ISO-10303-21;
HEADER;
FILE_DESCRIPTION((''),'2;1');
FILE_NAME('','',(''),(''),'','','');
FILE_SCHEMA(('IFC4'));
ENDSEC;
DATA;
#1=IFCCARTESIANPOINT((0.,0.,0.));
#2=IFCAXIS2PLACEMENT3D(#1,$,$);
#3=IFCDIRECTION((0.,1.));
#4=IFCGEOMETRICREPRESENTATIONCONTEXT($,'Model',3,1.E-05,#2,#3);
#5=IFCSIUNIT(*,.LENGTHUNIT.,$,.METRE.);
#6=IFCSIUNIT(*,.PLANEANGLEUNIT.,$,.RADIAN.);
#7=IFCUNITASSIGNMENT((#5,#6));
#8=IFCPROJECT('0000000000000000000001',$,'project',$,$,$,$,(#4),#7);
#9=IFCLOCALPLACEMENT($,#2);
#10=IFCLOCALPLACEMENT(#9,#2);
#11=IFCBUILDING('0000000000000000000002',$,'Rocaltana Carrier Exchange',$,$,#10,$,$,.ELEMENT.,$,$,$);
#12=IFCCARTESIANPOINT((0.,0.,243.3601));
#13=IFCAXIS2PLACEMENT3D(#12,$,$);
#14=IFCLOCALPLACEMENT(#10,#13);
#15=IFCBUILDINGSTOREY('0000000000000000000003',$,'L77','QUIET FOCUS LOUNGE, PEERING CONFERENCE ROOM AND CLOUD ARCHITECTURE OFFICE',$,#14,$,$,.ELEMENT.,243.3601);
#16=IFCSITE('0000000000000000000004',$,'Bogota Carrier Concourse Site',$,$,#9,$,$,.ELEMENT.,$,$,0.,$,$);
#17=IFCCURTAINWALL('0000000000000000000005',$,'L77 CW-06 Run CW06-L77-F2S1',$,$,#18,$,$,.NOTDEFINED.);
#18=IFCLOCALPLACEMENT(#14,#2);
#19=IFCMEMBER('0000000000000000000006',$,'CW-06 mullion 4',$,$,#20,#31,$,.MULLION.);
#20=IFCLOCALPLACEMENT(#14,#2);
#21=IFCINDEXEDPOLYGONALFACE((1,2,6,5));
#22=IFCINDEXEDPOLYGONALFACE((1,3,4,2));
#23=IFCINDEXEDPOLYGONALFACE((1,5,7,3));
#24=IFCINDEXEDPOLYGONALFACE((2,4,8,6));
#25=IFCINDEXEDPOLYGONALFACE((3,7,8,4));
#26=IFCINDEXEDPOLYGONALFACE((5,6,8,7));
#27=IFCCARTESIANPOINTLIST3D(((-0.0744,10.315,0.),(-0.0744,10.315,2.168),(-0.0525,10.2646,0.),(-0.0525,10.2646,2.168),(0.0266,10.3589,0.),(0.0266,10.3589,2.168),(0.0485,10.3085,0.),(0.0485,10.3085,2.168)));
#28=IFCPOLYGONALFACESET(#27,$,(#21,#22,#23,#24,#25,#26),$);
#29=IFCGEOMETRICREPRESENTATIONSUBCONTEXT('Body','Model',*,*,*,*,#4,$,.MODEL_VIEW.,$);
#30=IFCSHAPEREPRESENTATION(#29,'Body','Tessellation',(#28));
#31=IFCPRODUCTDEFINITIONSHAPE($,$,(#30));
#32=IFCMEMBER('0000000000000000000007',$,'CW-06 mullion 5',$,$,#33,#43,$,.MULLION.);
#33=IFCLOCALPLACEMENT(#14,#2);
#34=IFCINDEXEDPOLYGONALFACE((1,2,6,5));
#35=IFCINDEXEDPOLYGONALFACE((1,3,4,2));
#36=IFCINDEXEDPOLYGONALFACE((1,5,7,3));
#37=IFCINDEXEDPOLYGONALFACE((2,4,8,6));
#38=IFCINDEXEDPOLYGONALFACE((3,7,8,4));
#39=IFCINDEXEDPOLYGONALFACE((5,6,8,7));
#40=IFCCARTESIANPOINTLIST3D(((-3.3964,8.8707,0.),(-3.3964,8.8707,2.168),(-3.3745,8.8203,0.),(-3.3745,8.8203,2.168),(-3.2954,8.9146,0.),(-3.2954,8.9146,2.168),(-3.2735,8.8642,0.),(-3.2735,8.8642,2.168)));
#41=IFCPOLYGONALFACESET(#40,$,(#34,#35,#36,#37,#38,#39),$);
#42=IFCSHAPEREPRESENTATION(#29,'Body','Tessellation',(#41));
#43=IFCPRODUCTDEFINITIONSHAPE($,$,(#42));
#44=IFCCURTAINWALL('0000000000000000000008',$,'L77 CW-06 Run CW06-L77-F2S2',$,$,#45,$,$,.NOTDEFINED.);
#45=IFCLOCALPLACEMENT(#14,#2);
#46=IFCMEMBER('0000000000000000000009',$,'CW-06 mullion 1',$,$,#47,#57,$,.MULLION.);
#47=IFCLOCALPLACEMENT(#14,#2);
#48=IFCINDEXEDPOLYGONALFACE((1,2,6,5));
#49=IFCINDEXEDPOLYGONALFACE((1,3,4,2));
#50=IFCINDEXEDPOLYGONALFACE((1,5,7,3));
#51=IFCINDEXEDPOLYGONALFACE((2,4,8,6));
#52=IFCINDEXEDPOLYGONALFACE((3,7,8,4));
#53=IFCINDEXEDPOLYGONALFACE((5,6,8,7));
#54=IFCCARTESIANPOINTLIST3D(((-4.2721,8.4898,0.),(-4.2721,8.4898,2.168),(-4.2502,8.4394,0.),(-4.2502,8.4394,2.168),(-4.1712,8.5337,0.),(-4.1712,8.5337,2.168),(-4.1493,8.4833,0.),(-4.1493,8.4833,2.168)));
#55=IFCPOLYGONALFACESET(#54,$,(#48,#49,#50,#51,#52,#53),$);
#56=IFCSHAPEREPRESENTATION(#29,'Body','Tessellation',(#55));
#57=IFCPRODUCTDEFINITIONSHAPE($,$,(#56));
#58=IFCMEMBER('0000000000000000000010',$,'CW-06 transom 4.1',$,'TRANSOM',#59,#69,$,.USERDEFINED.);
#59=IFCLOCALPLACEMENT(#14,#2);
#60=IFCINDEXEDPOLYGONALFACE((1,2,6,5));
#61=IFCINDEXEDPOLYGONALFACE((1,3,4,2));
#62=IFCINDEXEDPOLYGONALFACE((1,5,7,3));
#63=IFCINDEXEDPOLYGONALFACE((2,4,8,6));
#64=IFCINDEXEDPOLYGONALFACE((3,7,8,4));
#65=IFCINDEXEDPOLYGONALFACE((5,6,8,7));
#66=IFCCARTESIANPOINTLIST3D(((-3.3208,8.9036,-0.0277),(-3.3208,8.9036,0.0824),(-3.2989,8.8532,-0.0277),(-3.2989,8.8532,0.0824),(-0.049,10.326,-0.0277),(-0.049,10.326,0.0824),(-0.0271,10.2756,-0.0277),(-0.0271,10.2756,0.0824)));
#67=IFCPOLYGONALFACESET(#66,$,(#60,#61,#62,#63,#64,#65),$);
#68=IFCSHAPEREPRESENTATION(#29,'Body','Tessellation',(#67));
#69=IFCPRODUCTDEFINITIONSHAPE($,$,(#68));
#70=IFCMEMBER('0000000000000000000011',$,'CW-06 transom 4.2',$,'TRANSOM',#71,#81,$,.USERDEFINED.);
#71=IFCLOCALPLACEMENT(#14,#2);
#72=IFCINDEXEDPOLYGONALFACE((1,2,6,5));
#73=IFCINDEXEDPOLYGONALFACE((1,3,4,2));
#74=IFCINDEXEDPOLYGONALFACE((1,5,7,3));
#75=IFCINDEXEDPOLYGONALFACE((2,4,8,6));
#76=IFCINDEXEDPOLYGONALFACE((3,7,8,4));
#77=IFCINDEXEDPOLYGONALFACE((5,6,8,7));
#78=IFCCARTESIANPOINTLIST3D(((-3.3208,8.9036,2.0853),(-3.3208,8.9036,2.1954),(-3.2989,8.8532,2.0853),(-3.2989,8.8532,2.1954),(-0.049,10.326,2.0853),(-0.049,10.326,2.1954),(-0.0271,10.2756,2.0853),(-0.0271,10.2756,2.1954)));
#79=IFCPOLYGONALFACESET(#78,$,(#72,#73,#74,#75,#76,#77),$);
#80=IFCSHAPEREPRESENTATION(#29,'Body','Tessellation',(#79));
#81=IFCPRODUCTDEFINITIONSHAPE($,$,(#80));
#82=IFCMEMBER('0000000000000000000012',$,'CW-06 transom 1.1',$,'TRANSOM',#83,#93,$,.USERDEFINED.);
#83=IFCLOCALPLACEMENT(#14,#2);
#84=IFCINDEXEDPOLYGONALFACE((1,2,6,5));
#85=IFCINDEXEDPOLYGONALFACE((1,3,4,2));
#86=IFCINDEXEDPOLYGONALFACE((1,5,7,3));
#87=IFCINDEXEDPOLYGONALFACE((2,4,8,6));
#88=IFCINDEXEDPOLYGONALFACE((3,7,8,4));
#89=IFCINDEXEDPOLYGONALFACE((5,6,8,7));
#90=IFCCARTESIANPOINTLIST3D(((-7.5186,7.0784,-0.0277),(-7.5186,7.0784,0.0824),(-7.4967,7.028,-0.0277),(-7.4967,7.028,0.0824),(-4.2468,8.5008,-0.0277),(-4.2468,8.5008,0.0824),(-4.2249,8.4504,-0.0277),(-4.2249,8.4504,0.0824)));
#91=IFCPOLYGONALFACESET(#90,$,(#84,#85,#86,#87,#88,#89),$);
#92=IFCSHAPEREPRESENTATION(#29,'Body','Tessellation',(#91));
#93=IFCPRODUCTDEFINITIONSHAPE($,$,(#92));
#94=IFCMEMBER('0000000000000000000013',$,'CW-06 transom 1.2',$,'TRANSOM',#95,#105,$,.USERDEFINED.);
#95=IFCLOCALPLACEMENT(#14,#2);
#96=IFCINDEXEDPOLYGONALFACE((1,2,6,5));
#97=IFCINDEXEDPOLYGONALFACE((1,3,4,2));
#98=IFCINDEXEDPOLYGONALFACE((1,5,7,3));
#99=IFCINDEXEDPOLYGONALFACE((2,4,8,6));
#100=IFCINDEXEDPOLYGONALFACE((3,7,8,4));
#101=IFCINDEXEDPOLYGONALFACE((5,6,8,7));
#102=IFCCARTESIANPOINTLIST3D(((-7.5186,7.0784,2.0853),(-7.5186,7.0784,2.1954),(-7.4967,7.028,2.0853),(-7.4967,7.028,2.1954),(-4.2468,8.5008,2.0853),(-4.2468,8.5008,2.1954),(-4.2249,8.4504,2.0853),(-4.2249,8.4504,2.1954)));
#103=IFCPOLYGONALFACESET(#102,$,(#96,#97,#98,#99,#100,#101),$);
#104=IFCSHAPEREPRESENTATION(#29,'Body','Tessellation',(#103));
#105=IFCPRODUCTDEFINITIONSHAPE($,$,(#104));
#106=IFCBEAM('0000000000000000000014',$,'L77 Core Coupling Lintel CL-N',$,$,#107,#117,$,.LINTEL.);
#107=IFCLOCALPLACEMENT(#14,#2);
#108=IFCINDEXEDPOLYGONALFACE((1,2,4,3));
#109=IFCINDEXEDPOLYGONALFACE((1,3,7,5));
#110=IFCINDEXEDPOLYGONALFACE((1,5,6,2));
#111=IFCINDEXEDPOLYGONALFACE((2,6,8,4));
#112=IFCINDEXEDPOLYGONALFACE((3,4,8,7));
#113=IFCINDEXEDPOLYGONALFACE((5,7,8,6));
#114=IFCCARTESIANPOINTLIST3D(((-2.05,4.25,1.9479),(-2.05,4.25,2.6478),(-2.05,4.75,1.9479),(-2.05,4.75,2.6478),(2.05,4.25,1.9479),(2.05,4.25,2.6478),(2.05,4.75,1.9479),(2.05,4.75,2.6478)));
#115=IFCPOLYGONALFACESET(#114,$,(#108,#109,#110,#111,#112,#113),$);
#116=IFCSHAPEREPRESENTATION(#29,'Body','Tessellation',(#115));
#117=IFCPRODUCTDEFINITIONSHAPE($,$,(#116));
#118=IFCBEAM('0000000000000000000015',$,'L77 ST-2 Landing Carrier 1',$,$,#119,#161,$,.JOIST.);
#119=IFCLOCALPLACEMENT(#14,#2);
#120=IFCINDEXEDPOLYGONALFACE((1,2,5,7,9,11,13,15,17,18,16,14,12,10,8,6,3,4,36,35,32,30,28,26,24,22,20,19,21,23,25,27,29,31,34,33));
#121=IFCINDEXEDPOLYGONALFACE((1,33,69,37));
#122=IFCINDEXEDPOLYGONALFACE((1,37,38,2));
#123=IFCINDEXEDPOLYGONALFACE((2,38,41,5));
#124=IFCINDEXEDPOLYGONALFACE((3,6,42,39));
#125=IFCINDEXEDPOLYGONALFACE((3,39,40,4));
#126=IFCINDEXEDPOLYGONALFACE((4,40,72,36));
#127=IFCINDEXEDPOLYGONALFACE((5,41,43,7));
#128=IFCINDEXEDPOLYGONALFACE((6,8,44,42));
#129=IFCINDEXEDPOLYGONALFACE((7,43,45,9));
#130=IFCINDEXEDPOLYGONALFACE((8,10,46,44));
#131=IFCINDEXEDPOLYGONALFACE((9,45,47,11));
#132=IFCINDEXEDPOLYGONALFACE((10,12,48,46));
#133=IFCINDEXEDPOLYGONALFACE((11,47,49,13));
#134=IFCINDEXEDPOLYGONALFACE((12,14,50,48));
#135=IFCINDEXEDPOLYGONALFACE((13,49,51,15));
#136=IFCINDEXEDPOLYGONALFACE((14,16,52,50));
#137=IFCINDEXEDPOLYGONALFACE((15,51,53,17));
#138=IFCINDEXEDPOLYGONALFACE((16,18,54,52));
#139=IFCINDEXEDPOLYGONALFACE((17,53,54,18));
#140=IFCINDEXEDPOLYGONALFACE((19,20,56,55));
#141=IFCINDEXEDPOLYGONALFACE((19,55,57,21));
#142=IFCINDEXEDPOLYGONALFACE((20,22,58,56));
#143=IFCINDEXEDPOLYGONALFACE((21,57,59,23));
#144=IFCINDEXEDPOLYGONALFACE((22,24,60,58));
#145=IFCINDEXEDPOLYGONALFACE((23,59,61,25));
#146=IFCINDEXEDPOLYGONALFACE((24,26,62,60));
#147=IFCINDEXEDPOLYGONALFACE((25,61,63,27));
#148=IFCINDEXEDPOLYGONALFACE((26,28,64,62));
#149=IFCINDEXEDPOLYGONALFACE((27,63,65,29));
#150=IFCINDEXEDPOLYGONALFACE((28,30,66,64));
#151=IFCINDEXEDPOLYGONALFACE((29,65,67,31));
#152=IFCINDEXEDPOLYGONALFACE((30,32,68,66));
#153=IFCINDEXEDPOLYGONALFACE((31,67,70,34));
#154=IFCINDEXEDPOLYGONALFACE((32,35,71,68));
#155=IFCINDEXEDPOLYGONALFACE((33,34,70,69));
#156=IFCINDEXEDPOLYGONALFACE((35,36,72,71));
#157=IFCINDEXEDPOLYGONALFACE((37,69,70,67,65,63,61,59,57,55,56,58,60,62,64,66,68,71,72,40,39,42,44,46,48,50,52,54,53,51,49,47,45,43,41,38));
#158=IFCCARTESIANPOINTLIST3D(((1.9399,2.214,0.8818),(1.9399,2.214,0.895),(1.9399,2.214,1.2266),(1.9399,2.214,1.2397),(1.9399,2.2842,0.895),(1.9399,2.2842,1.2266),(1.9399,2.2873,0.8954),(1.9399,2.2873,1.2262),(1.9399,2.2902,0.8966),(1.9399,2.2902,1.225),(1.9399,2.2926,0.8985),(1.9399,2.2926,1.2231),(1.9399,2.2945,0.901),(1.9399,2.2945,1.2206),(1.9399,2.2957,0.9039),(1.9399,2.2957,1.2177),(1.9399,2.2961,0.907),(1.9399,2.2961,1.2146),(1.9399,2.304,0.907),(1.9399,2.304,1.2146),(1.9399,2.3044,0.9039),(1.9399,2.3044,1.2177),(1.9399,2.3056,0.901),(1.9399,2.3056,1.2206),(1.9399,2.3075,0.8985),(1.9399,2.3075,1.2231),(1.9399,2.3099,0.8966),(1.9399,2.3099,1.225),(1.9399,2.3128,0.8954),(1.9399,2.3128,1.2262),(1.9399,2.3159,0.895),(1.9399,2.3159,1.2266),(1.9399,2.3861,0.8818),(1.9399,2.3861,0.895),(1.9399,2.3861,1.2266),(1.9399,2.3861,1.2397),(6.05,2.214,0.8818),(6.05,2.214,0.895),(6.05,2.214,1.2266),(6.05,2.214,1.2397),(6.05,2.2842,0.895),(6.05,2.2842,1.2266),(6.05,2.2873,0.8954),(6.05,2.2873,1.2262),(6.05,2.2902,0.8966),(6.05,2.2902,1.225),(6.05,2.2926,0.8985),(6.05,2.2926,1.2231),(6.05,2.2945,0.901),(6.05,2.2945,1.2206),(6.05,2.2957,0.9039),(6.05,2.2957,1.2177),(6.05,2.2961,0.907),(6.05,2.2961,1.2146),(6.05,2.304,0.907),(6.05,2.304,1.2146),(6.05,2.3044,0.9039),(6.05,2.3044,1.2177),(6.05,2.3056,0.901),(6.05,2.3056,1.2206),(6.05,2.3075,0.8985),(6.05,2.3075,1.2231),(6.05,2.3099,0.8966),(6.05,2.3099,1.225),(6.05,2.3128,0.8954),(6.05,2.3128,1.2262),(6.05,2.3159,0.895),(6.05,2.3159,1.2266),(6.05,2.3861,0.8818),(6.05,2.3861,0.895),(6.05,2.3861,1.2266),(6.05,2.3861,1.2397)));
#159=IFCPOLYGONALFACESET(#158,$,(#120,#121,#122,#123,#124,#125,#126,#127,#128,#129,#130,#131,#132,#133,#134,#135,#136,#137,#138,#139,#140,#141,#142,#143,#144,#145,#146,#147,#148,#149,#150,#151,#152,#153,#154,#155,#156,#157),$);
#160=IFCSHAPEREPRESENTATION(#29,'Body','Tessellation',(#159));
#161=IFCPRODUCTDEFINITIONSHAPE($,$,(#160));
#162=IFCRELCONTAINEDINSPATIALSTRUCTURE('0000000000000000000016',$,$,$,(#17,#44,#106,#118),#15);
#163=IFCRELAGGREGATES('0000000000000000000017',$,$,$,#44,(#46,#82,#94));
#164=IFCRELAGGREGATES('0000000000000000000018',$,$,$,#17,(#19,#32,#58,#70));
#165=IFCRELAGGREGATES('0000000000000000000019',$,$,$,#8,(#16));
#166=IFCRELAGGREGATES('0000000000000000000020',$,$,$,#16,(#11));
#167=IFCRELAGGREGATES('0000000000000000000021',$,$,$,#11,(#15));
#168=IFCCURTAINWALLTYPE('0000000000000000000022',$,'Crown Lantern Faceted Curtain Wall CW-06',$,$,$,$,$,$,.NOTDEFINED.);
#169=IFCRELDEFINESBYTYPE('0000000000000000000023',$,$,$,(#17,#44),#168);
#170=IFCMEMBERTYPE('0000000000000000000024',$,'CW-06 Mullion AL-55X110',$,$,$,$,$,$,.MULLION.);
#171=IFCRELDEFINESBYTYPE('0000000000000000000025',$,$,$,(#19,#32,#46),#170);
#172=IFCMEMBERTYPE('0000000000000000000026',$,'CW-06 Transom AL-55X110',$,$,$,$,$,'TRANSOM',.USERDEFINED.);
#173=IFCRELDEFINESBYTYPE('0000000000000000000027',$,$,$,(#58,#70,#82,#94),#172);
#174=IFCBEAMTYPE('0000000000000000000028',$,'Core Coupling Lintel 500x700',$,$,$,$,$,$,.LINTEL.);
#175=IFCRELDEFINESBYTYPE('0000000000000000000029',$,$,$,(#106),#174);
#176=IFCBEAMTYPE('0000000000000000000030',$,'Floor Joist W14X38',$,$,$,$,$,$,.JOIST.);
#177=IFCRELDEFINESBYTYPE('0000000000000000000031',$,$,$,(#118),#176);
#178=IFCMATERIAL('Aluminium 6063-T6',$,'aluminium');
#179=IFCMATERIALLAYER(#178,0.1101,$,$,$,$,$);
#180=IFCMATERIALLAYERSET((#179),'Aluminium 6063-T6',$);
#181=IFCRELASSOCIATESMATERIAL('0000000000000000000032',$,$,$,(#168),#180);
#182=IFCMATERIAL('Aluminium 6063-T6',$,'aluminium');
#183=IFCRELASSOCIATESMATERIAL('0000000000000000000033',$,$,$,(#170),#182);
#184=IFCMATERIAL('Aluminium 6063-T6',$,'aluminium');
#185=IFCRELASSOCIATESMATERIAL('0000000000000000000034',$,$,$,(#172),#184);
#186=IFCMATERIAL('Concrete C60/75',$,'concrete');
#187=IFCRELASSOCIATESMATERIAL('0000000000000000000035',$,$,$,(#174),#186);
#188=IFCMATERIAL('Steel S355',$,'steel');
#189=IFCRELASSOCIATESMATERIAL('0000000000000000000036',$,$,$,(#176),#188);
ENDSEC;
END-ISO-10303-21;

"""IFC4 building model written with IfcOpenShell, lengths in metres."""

from ifc_helpers import new_model, si_unit, direction, frame, origin, origin_2d, place, context, subcontext, project, spatial, rectangle, i_section, extrude, material, layer, layer_set, material_profile, profile_set, type_object, element, aggregate, save


model = new_model("IFC4")

# Units and contexts
model_context = context("Model", 3, precision=1e-05, world=origin(), true_north=direction((0.0, 1.0)))
body_context = subcontext(model_context, "Body", "Model", "MODEL_VIEW")
ifc_project = project(units=[si_unit("LENGTHUNIT", "METRE"), si_unit("PLANEANGLEUNIT", "RADIAN")], contexts=[model_context])

# Site, building, storey
site_placement = place(None, origin())
site = spatial("IfcSite", under=ifc_project, at=site_placement, Name="Bogota Carrier Concourse Site", CompositionType="ELEMENT", RefElevation=0.0)
building_placement = place(site_placement, origin())
building = spatial("IfcBuilding", under=site, at=building_placement, Name="Rocaltana Carrier Exchange", CompositionType="ELEMENT")
storey_placement = place(building_placement, frame((0.0, 0.0, 243.3601)))
storey = spatial("IfcBuildingStorey", under=building, at=storey_placement, Name="L77", Description="QUIET FOCUS LOUNGE, PEERING CONFERENCE ROOM AND CLOUD ARCHITECTURE OFFICE", CompositionType="ELEMENT", Elevation=243.3601)

# Curtain wall, members
ifc_material_1 = material(Name="Aluminium 6063-T6", Category="aluminium")
ifc_layer_1 = layer(ifc_material_1, 0.1101)
ifc_layer_set_1 = layer_set([ifc_layer_1], Name="Aluminium 6063-T6")
curtain_wall_type = type_object("IfcCurtainWallType", Name="Crown Lantern Faceted Curtain Wall CW-06", PredefinedType="NOTDEFINED", material=ifc_layer_set_1)
curtain_wall_1_placement = place(storey_placement, origin())
curtain_wall_1 = element("IfcCurtainWall", 1, at=curtain_wall_1_placement, inside=storey, type_object=curtain_wall_type, Name="L77 CW-06 Run CW06-L77-F2S1", PredefinedType="NOTDEFINED")
ifc_material_2 = material(Name="Aluminium 6063-T6", Category="aluminium")
ifc_material_profile_1 = material_profile(ifc_material_2, rectangle(XDim=0.0549, YDim=0.1101, at=origin_2d()), Name="AL-55X110")
ifc_profile_set_1 = profile_set([ifc_material_profile_1], Name="Aluminium 6063-T6")
member_type_1 = type_object("IfcMemberType", Name="CW-06 Mullion AL-55X110", PredefinedType="MULLION", material=ifc_profile_set_1)
member_1_placement = place(storey_placement, frame((-0.0129, 10.3118, 0.0), z_axis=(0.0, 0.0, 1.0), x_axis=(0.398752, -0.917059, 0.0)))
member_1 = element("IfcMember", 2, at=member_1_placement, type_object=member_type_1, Name="CW-06 mullion 4", PredefinedType="MULLION", context=body_context, shape_type="SweptSolid", body=[
    extrude(rectangle(XDim=0.0549, YDim=0.1101, at=origin_2d()), origin(), (0.0, 0.0, 1.0), 2.168),
])
member_2_placement = place(storey_placement, frame((-3.335, 8.8674, 0.0), z_axis=(0.0, 0.0, 1.0), x_axis=(0.398752, -0.917059, 0.0)))
member_2 = element("IfcMember", 3, at=member_2_placement, type_object=member_type_1, Name="CW-06 mullion 5", PredefinedType="MULLION", context=body_context, shape_type="SweptSolid", body=[
    extrude(rectangle(XDim=0.0549, YDim=0.1101, at=origin_2d()), origin(), (0.0, 0.0, 1.0), 2.168),
])

# Curtain wall, member
curtain_wall_2_placement = place(storey_placement, origin())
curtain_wall_2 = element("IfcCurtainWall", 4, at=curtain_wall_2_placement, inside=storey, type_object=curtain_wall_type, Name="L77 CW-06 Run CW06-L77-F2S2", PredefinedType="NOTDEFINED")
member_3_placement = place(storey_placement, frame((-4.2107, 8.4866, 0.0), z_axis=(0.0, 0.0, 1.0), x_axis=(0.398752, -0.917059, 0.0)))
member_3 = element("IfcMember", 5, at=member_3_placement, type_object=member_type_1, Name="CW-06 mullion 1", PredefinedType="MULLION", context=body_context, shape_type="SweptSolid", body=[
    extrude(rectangle(XDim=0.0549, YDim=0.1101, at=origin_2d()), origin(), (0.0, 0.0, 1.0), 2.168),
])

# Members
ifc_material_3 = material(Name="Aluminium 6063-T6", Category="aluminium")
ifc_material_profile_2 = material_profile(ifc_material_3, rectangle(XDim=0.0549, YDim=0.1101, at=origin_2d()), Name="AL-55X110")
ifc_profile_set_2 = profile_set([ifc_material_profile_2], Name="Aluminium 6063-T6")
member_type_2 = type_object("IfcMemberType", Name="CW-06 Transom AL-55X110", ElementType="TRANSOM", PredefinedType="USERDEFINED", material=ifc_profile_set_2)
member_4_placement = place(storey_placement, frame((-0.0381, 10.3008, 0.0273), z_axis=(-0.917083, -0.398696, 0.0), x_axis=(0.398696, -0.917083, 0.0)))
member_4 = element("IfcMember", 6, at=member_4_placement, type_object=member_type_2, Name="CW-06 transom 4.1", ObjectType="TRANSOM", PredefinedType="USERDEFINED", context=body_context, shape_type="SweptSolid", body=[
    extrude(rectangle(XDim=0.0549, YDim=0.1101, at=origin_2d()), origin(), (0.0, 0.0, 1.0), 3.5676),
])
member_5_placement = place(storey_placement, frame((-0.0381, 10.3008, 2.1404), z_axis=(-0.917083, -0.398696, 0.0), x_axis=(0.398696, -0.917083, 0.0)))
member_5 = element("IfcMember", 7, at=member_5_placement, type_object=member_type_2, Name="CW-06 transom 4.2", ObjectType="TRANSOM", PredefinedType="USERDEFINED", context=body_context, shape_type="SweptSolid", body=[
    extrude(rectangle(XDim=0.0549, YDim=0.1101, at=origin_2d()), origin(), (0.0, 0.0, 1.0), 3.5676),
])
member_6_placement = place(storey_placement, frame((-4.2358, 8.4756, 0.0273), z_axis=(-0.917083, -0.398696, 0.0), x_axis=(0.398696, -0.917083, 0.0)))
member_6 = element("IfcMember", 8, at=member_6_placement, type_object=member_type_2, Name="CW-06 transom 1.1", ObjectType="TRANSOM", PredefinedType="USERDEFINED", context=body_context, shape_type="SweptSolid", body=[
    extrude(rectangle(XDim=0.0549, YDim=0.1101, at=origin_2d()), origin(), (0.0, 0.0, 1.0), 3.5676),
])
member_7_placement = place(storey_placement, frame((-4.2358, 8.4756, 2.1404), z_axis=(-0.917083, -0.398696, 0.0), x_axis=(0.398696, -0.917083, 0.0)))
member_7 = element("IfcMember", 9, at=member_7_placement, type_object=member_type_2, Name="CW-06 transom 1.2", ObjectType="TRANSOM", PredefinedType="USERDEFINED", context=body_context, shape_type="SweptSolid", body=[
    extrude(rectangle(XDim=0.0549, YDim=0.1101, at=origin_2d()), origin(), (0.0, 0.0, 1.0), 3.5676),
])
aggregate(curtain_wall_2, [member_3, member_6, member_7])

# Beams
ifc_material_4 = material(Name="Concrete C60/75", Category="concrete")
ifc_material_profile_3 = material_profile(ifc_material_4, rectangle(XDim=0.5, YDim=0.7, at=origin_2d()), Name="RC-BM-500X700")
ifc_profile_set_3 = profile_set([ifc_material_profile_3], Name="Concrete C60/75")
beam_type_1 = type_object("IfcBeamType", Name="Core Coupling Lintel 500x700", PredefinedType="LINTEL", material=ifc_profile_set_3)
beam_1_placement = place(storey_placement, frame((-2.05, 4.5, 2.2979), z_axis=(1.0, 0.0, 0.0), x_axis=(0.0, 1.0, 0.0)))
element("IfcBeam", 10, at=beam_1_placement, inside=storey, type_object=beam_type_1, Name="L77 Core Coupling Lintel CL-N", PredefinedType="LINTEL", context=body_context, shape_type="SweptSolid", body=[
    extrude(rectangle(XDim=0.5, YDim=0.7, at=origin_2d()), origin(), (0.0, 0.0, 1.0), 4.1001),
])
ifc_material_5 = material(Name="Steel S355", Category="steel")
ifc_material_profile_4 = material_profile(ifc_material_5, i_section(OverallWidth=0.1721, OverallDepth=0.3579, WebThickness=0.0078, FlangeThickness=0.0132, FilletRadius=0.012, at=origin_2d()), Name="W14X38")
ifc_profile_set_4 = profile_set([ifc_material_profile_4], Name="Steel S355")
beam_type_2 = type_object("IfcBeamType", Name="Floor Joist W14X38", PredefinedType="JOIST", material=ifc_profile_set_4)
for number, where, z_axis, x_axis, name in (
    (11, (1.9399, 2.3, 1.0608), (1.0, 0.0, 0.0), (0.0, 1.0, 0.0), "L77 ST-2 Landing Carrier 1"),
):
    element("IfcBeam", number, at=place(storey_placement, frame(where, z_axis=z_axis, x_axis=x_axis)), inside=storey, type_object=beam_type_2, Name=name, PredefinedType="JOIST", context=body_context, shape_type="SweptSolid", body=[
        extrude(i_section(OverallWidth=0.1721, OverallDepth=0.3579, WebThickness=0.0078, FlangeThickness=0.0132, FilletRadius=0.012, at=origin_2d()), origin(), (0.0, 0.0, 1.0), 4.1101),
    ])

aggregate(curtain_wall_1, [member_1, member_2, member_4, member_5])

save(model, "model.ifc")
